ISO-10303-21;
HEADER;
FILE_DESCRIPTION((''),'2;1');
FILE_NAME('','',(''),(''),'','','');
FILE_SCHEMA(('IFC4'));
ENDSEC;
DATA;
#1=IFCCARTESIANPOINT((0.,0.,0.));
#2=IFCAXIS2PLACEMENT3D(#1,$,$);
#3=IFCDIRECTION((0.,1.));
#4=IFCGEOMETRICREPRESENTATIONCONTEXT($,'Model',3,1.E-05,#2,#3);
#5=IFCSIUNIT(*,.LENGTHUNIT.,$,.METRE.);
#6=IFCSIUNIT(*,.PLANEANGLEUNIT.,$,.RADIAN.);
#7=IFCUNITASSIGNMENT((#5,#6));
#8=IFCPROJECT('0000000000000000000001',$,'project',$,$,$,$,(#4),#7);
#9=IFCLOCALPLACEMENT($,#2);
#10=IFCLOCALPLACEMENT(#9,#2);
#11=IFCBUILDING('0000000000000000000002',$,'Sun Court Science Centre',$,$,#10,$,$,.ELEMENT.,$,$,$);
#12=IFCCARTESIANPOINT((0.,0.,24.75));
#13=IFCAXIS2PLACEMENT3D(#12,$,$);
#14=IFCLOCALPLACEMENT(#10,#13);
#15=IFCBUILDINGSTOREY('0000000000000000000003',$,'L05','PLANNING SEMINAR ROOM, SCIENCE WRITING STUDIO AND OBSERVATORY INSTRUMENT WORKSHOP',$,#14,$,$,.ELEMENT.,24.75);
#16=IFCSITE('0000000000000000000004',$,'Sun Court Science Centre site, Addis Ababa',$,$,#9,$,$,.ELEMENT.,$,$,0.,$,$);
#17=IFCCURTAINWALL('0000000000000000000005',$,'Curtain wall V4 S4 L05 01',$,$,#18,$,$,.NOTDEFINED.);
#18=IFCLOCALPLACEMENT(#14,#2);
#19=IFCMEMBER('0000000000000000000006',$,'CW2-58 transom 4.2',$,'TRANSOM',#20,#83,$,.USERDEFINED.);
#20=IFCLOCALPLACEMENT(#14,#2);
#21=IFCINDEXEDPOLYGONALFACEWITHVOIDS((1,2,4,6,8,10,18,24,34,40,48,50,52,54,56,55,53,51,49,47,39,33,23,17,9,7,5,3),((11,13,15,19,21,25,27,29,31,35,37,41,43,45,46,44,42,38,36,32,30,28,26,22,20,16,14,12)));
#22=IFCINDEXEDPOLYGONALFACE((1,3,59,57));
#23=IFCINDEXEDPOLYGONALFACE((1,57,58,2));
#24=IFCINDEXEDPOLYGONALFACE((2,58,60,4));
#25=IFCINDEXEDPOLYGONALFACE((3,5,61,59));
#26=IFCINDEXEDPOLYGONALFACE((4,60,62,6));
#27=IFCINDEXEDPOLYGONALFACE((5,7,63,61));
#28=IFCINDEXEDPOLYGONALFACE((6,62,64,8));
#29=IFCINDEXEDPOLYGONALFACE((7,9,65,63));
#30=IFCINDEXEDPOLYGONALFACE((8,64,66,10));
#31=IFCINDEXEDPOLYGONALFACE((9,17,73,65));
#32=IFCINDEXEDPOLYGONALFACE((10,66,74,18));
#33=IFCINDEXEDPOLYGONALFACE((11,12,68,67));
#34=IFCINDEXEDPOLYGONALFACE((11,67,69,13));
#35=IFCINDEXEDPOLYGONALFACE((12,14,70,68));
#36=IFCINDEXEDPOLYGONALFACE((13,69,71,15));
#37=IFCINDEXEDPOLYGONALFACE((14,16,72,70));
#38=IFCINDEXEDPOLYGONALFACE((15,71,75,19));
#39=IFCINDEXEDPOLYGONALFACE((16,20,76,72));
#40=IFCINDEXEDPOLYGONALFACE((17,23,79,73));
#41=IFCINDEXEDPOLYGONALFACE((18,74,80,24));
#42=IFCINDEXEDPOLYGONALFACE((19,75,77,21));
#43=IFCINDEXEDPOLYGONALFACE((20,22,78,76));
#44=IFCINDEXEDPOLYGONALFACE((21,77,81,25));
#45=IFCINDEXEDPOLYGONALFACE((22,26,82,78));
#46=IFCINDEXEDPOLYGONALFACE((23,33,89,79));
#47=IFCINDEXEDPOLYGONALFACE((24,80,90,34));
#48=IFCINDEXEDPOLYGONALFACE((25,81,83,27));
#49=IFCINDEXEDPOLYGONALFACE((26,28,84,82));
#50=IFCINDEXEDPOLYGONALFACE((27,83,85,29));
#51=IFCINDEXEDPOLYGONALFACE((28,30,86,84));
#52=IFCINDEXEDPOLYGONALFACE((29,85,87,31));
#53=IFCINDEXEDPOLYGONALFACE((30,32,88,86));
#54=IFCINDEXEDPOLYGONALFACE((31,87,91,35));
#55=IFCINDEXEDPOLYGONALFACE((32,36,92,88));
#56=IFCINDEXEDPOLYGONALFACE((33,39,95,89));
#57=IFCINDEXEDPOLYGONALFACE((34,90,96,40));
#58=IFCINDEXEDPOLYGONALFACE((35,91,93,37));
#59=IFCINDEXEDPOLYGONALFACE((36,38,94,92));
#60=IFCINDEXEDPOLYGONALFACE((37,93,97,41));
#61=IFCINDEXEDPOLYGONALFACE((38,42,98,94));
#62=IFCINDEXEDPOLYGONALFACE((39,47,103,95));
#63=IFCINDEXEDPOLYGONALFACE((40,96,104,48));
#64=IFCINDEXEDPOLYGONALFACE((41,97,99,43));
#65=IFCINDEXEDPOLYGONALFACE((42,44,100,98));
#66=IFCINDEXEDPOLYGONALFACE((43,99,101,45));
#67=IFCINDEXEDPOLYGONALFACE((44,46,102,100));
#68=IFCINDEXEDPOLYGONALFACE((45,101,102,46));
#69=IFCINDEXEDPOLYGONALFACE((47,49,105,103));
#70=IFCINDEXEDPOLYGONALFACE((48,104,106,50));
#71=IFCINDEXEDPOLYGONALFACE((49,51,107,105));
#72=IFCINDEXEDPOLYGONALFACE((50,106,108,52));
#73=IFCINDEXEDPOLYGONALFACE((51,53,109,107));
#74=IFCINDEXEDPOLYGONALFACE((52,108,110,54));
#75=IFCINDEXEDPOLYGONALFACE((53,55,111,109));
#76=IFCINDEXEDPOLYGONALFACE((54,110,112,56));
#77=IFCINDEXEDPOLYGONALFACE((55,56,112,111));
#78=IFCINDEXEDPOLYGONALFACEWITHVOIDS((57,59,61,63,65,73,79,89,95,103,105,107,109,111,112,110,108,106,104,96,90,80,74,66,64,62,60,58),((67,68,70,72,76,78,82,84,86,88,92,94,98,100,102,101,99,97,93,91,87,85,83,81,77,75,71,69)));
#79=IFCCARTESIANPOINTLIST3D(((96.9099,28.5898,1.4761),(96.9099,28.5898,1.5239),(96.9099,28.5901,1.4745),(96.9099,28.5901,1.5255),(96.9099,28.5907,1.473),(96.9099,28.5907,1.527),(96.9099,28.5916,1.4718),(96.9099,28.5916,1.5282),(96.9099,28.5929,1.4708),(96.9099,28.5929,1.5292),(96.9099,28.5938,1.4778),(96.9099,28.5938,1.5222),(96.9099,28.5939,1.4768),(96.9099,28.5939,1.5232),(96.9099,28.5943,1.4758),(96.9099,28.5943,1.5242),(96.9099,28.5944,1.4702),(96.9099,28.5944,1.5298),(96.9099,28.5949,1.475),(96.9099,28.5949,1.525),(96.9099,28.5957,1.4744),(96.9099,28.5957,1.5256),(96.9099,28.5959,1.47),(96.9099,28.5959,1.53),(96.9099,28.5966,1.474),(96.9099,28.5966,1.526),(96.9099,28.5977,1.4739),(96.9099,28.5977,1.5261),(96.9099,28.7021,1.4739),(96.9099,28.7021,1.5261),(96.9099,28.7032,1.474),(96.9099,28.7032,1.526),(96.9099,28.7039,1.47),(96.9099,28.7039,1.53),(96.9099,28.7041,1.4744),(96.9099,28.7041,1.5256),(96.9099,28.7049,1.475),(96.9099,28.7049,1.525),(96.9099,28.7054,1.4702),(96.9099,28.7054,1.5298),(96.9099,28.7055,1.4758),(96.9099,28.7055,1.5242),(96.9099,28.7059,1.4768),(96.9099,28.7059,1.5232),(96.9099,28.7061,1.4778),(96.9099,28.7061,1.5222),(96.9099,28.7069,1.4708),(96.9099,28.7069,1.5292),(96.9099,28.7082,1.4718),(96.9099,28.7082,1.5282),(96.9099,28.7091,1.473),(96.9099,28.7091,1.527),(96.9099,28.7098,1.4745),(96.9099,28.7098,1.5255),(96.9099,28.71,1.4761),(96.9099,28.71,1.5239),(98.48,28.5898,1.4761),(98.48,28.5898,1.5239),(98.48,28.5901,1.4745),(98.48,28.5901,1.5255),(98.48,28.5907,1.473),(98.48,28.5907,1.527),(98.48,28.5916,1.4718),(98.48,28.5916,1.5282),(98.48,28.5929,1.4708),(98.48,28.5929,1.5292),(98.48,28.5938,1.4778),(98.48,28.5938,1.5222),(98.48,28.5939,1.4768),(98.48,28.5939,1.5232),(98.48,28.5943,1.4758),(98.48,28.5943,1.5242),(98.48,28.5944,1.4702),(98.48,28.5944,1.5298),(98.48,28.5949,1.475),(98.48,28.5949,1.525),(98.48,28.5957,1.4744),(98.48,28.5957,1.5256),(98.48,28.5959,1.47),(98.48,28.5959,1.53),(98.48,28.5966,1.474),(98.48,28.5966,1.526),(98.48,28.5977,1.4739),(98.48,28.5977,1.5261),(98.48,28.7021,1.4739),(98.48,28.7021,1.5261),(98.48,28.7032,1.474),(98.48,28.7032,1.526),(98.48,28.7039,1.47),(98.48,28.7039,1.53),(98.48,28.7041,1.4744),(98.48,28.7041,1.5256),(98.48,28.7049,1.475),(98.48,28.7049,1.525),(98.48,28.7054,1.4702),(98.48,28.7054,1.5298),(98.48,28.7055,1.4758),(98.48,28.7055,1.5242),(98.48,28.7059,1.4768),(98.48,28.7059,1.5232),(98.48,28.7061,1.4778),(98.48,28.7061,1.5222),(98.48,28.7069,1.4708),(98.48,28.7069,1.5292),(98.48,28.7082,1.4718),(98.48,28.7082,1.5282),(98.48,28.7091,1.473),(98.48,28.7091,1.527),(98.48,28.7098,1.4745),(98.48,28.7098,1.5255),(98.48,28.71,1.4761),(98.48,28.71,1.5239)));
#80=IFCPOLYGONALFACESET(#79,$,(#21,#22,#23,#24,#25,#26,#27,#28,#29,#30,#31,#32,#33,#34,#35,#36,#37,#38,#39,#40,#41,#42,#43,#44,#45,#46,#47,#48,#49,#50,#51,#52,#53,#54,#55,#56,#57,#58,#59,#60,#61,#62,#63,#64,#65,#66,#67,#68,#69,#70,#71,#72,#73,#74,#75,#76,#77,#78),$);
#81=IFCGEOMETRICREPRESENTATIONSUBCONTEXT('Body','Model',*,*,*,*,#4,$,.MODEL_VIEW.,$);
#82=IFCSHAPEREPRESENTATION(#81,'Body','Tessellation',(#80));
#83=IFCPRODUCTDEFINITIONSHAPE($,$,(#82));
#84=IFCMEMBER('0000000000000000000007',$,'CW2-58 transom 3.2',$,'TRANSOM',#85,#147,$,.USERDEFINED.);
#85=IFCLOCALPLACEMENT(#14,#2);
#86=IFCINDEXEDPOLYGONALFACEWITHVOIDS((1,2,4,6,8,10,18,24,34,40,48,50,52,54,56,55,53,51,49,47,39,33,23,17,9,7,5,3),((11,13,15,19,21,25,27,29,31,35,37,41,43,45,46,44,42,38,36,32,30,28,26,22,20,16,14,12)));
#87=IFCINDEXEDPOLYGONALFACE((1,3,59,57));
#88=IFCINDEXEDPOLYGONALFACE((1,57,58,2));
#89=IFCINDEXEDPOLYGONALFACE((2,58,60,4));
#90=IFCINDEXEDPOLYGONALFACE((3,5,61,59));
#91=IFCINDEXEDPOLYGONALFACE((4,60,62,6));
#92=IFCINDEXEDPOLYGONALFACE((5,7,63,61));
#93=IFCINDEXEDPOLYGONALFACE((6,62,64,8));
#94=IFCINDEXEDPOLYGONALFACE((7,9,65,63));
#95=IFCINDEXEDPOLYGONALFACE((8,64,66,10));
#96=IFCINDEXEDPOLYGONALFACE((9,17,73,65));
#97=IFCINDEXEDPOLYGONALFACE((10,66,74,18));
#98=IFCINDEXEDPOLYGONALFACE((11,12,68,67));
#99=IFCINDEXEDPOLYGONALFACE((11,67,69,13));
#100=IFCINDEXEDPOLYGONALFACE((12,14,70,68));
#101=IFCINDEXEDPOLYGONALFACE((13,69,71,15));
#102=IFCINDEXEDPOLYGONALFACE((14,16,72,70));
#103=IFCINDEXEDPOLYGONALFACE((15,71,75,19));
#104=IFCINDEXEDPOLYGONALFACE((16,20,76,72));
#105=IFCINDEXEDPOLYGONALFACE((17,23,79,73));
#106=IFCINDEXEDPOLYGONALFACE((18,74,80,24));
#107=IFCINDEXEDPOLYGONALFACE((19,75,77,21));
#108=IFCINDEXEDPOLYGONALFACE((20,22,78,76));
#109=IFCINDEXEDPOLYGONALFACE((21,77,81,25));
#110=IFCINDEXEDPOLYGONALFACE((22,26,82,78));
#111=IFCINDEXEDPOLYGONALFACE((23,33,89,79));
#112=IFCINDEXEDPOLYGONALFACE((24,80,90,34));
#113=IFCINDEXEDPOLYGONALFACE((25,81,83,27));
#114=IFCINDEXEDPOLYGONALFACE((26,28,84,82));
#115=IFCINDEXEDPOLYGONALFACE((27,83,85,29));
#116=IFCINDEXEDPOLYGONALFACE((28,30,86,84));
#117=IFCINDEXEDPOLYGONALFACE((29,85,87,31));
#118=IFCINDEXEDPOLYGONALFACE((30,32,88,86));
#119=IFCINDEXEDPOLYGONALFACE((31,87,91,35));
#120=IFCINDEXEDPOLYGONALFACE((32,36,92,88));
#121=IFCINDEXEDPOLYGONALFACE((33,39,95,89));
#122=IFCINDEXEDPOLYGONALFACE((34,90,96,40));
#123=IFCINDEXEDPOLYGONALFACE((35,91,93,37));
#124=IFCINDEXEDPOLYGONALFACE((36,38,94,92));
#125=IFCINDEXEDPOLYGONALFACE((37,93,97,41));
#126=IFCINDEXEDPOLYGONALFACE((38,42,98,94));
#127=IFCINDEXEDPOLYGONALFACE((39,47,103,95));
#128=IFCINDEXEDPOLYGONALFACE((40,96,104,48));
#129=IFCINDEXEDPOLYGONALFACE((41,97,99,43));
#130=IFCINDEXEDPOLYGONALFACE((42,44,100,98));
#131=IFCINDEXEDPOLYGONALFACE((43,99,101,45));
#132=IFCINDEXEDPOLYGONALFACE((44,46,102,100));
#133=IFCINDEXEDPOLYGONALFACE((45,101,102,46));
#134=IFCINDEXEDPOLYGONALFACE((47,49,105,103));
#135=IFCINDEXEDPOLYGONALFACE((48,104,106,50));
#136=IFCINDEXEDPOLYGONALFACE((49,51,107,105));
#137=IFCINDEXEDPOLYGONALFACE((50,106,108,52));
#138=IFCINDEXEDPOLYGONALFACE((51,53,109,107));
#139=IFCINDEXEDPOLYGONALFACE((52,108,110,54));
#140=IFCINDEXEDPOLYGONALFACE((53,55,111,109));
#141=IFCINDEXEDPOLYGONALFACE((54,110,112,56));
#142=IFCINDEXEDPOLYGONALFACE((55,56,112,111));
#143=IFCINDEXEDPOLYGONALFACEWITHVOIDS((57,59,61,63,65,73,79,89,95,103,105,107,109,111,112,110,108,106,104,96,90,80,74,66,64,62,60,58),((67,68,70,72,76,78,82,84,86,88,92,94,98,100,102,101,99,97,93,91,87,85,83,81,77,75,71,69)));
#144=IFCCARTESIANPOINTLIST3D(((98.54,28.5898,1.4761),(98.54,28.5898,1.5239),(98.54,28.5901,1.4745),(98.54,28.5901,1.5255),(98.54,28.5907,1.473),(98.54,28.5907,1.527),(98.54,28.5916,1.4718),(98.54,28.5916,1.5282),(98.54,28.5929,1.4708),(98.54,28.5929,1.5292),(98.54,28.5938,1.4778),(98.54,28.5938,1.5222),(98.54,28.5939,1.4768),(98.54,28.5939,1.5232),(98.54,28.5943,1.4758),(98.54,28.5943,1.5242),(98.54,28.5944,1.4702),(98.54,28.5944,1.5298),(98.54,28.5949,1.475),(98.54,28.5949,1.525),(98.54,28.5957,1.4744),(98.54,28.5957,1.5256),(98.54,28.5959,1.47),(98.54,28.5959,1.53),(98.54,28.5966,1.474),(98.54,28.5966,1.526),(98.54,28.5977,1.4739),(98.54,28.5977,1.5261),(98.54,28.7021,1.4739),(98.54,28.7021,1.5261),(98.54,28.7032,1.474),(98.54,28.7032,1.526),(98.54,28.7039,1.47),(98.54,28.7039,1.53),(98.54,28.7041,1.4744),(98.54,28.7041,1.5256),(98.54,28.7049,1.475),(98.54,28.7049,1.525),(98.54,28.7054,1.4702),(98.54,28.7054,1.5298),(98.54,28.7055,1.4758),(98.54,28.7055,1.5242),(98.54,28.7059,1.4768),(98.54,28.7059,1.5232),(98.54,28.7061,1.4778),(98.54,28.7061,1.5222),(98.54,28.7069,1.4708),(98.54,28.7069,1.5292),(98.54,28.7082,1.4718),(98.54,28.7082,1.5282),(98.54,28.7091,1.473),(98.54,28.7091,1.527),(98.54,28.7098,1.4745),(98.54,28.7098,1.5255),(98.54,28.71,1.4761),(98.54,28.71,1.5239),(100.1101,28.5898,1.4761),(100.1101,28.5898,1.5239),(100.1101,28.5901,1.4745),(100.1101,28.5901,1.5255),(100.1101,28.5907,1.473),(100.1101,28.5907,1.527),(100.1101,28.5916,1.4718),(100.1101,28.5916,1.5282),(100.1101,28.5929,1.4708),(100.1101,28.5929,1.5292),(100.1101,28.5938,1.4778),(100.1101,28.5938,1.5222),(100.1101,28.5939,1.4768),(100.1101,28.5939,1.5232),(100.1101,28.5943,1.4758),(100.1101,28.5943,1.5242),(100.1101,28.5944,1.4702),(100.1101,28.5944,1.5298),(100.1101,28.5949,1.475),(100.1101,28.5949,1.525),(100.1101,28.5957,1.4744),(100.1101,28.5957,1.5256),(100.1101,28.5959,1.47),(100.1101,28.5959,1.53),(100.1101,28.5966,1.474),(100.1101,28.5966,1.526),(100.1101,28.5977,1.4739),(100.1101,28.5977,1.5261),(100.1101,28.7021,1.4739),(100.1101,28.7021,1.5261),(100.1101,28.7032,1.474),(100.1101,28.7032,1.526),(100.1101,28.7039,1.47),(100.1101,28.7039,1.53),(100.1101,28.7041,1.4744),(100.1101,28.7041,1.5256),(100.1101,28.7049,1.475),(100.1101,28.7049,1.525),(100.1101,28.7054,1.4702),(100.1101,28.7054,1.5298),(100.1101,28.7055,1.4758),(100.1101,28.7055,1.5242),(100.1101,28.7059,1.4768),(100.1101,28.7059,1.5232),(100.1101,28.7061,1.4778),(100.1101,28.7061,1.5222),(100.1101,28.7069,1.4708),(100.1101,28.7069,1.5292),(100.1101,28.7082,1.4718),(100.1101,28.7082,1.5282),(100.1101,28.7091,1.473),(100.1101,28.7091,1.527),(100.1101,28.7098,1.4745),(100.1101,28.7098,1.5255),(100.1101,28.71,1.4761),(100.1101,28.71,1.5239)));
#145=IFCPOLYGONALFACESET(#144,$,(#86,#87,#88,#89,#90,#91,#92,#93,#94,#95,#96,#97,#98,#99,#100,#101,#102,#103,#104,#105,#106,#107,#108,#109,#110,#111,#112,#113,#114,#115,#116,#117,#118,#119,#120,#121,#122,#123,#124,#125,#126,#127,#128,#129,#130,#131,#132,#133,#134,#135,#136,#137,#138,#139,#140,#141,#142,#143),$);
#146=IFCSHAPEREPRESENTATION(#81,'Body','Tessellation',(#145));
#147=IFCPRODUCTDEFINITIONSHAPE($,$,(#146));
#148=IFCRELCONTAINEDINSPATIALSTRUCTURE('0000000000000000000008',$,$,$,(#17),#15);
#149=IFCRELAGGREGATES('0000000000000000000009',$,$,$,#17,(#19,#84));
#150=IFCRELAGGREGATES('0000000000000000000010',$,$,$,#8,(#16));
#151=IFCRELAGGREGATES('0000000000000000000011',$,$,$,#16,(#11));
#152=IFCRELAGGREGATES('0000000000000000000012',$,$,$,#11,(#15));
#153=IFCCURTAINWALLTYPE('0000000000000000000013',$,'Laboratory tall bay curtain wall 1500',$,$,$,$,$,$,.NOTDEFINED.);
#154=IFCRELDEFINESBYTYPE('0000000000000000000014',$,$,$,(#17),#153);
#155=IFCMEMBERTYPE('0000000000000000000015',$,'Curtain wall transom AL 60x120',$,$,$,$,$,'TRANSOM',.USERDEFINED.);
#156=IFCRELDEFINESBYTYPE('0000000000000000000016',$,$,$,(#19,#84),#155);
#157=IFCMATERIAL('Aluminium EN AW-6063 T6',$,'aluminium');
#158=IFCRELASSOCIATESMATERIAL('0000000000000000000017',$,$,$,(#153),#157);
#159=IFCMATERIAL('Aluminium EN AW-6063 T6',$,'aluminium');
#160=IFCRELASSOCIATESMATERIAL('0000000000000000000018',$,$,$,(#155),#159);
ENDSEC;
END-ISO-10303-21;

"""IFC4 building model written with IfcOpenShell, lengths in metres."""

from ifc_helpers import new_model, si_unit, direction, frame, origin, origin_2d, place, context, subcontext, project, spatial, hollow_rectangle, extrude, material, material_profile, profile_set, type_object, element, aggregate, save


model = new_model("IFC4")

# Units and contexts
model_context = context("Model", 3, precision=1e-05, world=origin(), true_north=direction((0.0, 1.0)))
body_context = subcontext(model_context, "Body", "Model", "MODEL_VIEW")
ifc_project = project(units=[si_unit("LENGTHUNIT", "METRE"), si_unit("PLANEANGLEUNIT", "RADIAN")], contexts=[model_context])

# Site, building, storey
site_placement = place(None, origin())
site = spatial("IfcSite", under=ifc_project, at=site_placement, Name="Sun Court Science Centre site, Addis Ababa", CompositionType="ELEMENT", RefElevation=0.0)
building_placement = place(site_placement, origin())
building = spatial("IfcBuilding", under=site, at=building_placement, Name="Sun Court Science Centre", CompositionType="ELEMENT")
storey_placement = place(building_placement, frame((0.0, 0.0, 24.75)))
storey = spatial("IfcBuildingStorey", under=building, at=storey_placement, Name="L05", Description="PLANNING SEMINAR ROOM, SCIENCE WRITING STUDIO AND OBSERVATORY INSTRUMENT WORKSHOP", CompositionType="ELEMENT", Elevation=24.75)

# Curtain wall
ifc_material_1 = material(Name="Aluminium EN AW-6063 T6", Category="aluminium")
curtain_wall_type = type_object("IfcCurtainWallType", Name="Laboratory tall bay curtain wall 1500", PredefinedType="NOTDEFINED", material=ifc_material_1)
curtain_wall_1_placement = place(storey_placement, origin())
curtain_wall_1 = element("IfcCurtainWall", 1, at=curtain_wall_1_placement, inside=storey, type_object=curtain_wall_type, Name="Curtain wall V4 S4 L05 01", PredefinedType="NOTDEFINED")

# Members
ifc_material_2 = material(Name="Aluminium EN AW-6063 T6", Category="aluminium")
ifc_material_profile_1 = material_profile(ifc_material_2, hollow_rectangle(XDim=0.0601, YDim=0.1201, WallThickness=0.0039, InnerFilletRadius=0.0039, OuterFilletRadius=0.0061, at=origin_2d()), Name="AL 60x120x4")
ifc_profile_set_1 = profile_set([ifc_material_profile_1], Name="Aluminium EN AW-6063 T6")
member_type_1 = type_object("IfcMemberType", Name="Curtain wall transom AL 60x120", ElementType="TRANSOM", PredefinedType="USERDEFINED", material=ifc_profile_set_1)
member_1_placement = place(storey_placement, frame((98.48, 28.6499, 1.5), z_axis=(-1.0, 0.0, 0.0), x_axis=(0.0, 0.0, 1.0)))
member_1 = element("IfcMember", 2, at=member_1_placement, type_object=member_type_1, Name="CW2-58 transom 4.2", ObjectType="TRANSOM", PredefinedType="USERDEFINED", context=body_context, shape_type="SweptSolid", body=[
    extrude(hollow_rectangle(XDim=0.0601, YDim=0.1201, WallThickness=0.0039, InnerFilletRadius=0.0039, OuterFilletRadius=0.0061, at=origin_2d()), origin(), (0.0, 0.0, 1.0), 1.5701),
])
member_2_placement = place(storey_placement, frame((100.1101, 28.6499, 1.5), z_axis=(-1.0, 0.0, 0.0), x_axis=(0.0, 0.0, 1.0)))
member_2 = element("IfcMember", 3, at=member_2_placement, type_object=member_type_1, Name="CW2-58 transom 3.2", ObjectType="TRANSOM", PredefinedType="USERDEFINED", context=body_context, shape_type="SweptSolid", body=[
    extrude(hollow_rectangle(XDim=0.0601, YDim=0.1201, WallThickness=0.0039, InnerFilletRadius=0.0039, OuterFilletRadius=0.0061, at=origin_2d()), origin(), (0.0, 0.0, 1.0), 1.5701),
])

aggregate(curtain_wall_1, [member_1, member_2])

save(model, "model.ifc")
